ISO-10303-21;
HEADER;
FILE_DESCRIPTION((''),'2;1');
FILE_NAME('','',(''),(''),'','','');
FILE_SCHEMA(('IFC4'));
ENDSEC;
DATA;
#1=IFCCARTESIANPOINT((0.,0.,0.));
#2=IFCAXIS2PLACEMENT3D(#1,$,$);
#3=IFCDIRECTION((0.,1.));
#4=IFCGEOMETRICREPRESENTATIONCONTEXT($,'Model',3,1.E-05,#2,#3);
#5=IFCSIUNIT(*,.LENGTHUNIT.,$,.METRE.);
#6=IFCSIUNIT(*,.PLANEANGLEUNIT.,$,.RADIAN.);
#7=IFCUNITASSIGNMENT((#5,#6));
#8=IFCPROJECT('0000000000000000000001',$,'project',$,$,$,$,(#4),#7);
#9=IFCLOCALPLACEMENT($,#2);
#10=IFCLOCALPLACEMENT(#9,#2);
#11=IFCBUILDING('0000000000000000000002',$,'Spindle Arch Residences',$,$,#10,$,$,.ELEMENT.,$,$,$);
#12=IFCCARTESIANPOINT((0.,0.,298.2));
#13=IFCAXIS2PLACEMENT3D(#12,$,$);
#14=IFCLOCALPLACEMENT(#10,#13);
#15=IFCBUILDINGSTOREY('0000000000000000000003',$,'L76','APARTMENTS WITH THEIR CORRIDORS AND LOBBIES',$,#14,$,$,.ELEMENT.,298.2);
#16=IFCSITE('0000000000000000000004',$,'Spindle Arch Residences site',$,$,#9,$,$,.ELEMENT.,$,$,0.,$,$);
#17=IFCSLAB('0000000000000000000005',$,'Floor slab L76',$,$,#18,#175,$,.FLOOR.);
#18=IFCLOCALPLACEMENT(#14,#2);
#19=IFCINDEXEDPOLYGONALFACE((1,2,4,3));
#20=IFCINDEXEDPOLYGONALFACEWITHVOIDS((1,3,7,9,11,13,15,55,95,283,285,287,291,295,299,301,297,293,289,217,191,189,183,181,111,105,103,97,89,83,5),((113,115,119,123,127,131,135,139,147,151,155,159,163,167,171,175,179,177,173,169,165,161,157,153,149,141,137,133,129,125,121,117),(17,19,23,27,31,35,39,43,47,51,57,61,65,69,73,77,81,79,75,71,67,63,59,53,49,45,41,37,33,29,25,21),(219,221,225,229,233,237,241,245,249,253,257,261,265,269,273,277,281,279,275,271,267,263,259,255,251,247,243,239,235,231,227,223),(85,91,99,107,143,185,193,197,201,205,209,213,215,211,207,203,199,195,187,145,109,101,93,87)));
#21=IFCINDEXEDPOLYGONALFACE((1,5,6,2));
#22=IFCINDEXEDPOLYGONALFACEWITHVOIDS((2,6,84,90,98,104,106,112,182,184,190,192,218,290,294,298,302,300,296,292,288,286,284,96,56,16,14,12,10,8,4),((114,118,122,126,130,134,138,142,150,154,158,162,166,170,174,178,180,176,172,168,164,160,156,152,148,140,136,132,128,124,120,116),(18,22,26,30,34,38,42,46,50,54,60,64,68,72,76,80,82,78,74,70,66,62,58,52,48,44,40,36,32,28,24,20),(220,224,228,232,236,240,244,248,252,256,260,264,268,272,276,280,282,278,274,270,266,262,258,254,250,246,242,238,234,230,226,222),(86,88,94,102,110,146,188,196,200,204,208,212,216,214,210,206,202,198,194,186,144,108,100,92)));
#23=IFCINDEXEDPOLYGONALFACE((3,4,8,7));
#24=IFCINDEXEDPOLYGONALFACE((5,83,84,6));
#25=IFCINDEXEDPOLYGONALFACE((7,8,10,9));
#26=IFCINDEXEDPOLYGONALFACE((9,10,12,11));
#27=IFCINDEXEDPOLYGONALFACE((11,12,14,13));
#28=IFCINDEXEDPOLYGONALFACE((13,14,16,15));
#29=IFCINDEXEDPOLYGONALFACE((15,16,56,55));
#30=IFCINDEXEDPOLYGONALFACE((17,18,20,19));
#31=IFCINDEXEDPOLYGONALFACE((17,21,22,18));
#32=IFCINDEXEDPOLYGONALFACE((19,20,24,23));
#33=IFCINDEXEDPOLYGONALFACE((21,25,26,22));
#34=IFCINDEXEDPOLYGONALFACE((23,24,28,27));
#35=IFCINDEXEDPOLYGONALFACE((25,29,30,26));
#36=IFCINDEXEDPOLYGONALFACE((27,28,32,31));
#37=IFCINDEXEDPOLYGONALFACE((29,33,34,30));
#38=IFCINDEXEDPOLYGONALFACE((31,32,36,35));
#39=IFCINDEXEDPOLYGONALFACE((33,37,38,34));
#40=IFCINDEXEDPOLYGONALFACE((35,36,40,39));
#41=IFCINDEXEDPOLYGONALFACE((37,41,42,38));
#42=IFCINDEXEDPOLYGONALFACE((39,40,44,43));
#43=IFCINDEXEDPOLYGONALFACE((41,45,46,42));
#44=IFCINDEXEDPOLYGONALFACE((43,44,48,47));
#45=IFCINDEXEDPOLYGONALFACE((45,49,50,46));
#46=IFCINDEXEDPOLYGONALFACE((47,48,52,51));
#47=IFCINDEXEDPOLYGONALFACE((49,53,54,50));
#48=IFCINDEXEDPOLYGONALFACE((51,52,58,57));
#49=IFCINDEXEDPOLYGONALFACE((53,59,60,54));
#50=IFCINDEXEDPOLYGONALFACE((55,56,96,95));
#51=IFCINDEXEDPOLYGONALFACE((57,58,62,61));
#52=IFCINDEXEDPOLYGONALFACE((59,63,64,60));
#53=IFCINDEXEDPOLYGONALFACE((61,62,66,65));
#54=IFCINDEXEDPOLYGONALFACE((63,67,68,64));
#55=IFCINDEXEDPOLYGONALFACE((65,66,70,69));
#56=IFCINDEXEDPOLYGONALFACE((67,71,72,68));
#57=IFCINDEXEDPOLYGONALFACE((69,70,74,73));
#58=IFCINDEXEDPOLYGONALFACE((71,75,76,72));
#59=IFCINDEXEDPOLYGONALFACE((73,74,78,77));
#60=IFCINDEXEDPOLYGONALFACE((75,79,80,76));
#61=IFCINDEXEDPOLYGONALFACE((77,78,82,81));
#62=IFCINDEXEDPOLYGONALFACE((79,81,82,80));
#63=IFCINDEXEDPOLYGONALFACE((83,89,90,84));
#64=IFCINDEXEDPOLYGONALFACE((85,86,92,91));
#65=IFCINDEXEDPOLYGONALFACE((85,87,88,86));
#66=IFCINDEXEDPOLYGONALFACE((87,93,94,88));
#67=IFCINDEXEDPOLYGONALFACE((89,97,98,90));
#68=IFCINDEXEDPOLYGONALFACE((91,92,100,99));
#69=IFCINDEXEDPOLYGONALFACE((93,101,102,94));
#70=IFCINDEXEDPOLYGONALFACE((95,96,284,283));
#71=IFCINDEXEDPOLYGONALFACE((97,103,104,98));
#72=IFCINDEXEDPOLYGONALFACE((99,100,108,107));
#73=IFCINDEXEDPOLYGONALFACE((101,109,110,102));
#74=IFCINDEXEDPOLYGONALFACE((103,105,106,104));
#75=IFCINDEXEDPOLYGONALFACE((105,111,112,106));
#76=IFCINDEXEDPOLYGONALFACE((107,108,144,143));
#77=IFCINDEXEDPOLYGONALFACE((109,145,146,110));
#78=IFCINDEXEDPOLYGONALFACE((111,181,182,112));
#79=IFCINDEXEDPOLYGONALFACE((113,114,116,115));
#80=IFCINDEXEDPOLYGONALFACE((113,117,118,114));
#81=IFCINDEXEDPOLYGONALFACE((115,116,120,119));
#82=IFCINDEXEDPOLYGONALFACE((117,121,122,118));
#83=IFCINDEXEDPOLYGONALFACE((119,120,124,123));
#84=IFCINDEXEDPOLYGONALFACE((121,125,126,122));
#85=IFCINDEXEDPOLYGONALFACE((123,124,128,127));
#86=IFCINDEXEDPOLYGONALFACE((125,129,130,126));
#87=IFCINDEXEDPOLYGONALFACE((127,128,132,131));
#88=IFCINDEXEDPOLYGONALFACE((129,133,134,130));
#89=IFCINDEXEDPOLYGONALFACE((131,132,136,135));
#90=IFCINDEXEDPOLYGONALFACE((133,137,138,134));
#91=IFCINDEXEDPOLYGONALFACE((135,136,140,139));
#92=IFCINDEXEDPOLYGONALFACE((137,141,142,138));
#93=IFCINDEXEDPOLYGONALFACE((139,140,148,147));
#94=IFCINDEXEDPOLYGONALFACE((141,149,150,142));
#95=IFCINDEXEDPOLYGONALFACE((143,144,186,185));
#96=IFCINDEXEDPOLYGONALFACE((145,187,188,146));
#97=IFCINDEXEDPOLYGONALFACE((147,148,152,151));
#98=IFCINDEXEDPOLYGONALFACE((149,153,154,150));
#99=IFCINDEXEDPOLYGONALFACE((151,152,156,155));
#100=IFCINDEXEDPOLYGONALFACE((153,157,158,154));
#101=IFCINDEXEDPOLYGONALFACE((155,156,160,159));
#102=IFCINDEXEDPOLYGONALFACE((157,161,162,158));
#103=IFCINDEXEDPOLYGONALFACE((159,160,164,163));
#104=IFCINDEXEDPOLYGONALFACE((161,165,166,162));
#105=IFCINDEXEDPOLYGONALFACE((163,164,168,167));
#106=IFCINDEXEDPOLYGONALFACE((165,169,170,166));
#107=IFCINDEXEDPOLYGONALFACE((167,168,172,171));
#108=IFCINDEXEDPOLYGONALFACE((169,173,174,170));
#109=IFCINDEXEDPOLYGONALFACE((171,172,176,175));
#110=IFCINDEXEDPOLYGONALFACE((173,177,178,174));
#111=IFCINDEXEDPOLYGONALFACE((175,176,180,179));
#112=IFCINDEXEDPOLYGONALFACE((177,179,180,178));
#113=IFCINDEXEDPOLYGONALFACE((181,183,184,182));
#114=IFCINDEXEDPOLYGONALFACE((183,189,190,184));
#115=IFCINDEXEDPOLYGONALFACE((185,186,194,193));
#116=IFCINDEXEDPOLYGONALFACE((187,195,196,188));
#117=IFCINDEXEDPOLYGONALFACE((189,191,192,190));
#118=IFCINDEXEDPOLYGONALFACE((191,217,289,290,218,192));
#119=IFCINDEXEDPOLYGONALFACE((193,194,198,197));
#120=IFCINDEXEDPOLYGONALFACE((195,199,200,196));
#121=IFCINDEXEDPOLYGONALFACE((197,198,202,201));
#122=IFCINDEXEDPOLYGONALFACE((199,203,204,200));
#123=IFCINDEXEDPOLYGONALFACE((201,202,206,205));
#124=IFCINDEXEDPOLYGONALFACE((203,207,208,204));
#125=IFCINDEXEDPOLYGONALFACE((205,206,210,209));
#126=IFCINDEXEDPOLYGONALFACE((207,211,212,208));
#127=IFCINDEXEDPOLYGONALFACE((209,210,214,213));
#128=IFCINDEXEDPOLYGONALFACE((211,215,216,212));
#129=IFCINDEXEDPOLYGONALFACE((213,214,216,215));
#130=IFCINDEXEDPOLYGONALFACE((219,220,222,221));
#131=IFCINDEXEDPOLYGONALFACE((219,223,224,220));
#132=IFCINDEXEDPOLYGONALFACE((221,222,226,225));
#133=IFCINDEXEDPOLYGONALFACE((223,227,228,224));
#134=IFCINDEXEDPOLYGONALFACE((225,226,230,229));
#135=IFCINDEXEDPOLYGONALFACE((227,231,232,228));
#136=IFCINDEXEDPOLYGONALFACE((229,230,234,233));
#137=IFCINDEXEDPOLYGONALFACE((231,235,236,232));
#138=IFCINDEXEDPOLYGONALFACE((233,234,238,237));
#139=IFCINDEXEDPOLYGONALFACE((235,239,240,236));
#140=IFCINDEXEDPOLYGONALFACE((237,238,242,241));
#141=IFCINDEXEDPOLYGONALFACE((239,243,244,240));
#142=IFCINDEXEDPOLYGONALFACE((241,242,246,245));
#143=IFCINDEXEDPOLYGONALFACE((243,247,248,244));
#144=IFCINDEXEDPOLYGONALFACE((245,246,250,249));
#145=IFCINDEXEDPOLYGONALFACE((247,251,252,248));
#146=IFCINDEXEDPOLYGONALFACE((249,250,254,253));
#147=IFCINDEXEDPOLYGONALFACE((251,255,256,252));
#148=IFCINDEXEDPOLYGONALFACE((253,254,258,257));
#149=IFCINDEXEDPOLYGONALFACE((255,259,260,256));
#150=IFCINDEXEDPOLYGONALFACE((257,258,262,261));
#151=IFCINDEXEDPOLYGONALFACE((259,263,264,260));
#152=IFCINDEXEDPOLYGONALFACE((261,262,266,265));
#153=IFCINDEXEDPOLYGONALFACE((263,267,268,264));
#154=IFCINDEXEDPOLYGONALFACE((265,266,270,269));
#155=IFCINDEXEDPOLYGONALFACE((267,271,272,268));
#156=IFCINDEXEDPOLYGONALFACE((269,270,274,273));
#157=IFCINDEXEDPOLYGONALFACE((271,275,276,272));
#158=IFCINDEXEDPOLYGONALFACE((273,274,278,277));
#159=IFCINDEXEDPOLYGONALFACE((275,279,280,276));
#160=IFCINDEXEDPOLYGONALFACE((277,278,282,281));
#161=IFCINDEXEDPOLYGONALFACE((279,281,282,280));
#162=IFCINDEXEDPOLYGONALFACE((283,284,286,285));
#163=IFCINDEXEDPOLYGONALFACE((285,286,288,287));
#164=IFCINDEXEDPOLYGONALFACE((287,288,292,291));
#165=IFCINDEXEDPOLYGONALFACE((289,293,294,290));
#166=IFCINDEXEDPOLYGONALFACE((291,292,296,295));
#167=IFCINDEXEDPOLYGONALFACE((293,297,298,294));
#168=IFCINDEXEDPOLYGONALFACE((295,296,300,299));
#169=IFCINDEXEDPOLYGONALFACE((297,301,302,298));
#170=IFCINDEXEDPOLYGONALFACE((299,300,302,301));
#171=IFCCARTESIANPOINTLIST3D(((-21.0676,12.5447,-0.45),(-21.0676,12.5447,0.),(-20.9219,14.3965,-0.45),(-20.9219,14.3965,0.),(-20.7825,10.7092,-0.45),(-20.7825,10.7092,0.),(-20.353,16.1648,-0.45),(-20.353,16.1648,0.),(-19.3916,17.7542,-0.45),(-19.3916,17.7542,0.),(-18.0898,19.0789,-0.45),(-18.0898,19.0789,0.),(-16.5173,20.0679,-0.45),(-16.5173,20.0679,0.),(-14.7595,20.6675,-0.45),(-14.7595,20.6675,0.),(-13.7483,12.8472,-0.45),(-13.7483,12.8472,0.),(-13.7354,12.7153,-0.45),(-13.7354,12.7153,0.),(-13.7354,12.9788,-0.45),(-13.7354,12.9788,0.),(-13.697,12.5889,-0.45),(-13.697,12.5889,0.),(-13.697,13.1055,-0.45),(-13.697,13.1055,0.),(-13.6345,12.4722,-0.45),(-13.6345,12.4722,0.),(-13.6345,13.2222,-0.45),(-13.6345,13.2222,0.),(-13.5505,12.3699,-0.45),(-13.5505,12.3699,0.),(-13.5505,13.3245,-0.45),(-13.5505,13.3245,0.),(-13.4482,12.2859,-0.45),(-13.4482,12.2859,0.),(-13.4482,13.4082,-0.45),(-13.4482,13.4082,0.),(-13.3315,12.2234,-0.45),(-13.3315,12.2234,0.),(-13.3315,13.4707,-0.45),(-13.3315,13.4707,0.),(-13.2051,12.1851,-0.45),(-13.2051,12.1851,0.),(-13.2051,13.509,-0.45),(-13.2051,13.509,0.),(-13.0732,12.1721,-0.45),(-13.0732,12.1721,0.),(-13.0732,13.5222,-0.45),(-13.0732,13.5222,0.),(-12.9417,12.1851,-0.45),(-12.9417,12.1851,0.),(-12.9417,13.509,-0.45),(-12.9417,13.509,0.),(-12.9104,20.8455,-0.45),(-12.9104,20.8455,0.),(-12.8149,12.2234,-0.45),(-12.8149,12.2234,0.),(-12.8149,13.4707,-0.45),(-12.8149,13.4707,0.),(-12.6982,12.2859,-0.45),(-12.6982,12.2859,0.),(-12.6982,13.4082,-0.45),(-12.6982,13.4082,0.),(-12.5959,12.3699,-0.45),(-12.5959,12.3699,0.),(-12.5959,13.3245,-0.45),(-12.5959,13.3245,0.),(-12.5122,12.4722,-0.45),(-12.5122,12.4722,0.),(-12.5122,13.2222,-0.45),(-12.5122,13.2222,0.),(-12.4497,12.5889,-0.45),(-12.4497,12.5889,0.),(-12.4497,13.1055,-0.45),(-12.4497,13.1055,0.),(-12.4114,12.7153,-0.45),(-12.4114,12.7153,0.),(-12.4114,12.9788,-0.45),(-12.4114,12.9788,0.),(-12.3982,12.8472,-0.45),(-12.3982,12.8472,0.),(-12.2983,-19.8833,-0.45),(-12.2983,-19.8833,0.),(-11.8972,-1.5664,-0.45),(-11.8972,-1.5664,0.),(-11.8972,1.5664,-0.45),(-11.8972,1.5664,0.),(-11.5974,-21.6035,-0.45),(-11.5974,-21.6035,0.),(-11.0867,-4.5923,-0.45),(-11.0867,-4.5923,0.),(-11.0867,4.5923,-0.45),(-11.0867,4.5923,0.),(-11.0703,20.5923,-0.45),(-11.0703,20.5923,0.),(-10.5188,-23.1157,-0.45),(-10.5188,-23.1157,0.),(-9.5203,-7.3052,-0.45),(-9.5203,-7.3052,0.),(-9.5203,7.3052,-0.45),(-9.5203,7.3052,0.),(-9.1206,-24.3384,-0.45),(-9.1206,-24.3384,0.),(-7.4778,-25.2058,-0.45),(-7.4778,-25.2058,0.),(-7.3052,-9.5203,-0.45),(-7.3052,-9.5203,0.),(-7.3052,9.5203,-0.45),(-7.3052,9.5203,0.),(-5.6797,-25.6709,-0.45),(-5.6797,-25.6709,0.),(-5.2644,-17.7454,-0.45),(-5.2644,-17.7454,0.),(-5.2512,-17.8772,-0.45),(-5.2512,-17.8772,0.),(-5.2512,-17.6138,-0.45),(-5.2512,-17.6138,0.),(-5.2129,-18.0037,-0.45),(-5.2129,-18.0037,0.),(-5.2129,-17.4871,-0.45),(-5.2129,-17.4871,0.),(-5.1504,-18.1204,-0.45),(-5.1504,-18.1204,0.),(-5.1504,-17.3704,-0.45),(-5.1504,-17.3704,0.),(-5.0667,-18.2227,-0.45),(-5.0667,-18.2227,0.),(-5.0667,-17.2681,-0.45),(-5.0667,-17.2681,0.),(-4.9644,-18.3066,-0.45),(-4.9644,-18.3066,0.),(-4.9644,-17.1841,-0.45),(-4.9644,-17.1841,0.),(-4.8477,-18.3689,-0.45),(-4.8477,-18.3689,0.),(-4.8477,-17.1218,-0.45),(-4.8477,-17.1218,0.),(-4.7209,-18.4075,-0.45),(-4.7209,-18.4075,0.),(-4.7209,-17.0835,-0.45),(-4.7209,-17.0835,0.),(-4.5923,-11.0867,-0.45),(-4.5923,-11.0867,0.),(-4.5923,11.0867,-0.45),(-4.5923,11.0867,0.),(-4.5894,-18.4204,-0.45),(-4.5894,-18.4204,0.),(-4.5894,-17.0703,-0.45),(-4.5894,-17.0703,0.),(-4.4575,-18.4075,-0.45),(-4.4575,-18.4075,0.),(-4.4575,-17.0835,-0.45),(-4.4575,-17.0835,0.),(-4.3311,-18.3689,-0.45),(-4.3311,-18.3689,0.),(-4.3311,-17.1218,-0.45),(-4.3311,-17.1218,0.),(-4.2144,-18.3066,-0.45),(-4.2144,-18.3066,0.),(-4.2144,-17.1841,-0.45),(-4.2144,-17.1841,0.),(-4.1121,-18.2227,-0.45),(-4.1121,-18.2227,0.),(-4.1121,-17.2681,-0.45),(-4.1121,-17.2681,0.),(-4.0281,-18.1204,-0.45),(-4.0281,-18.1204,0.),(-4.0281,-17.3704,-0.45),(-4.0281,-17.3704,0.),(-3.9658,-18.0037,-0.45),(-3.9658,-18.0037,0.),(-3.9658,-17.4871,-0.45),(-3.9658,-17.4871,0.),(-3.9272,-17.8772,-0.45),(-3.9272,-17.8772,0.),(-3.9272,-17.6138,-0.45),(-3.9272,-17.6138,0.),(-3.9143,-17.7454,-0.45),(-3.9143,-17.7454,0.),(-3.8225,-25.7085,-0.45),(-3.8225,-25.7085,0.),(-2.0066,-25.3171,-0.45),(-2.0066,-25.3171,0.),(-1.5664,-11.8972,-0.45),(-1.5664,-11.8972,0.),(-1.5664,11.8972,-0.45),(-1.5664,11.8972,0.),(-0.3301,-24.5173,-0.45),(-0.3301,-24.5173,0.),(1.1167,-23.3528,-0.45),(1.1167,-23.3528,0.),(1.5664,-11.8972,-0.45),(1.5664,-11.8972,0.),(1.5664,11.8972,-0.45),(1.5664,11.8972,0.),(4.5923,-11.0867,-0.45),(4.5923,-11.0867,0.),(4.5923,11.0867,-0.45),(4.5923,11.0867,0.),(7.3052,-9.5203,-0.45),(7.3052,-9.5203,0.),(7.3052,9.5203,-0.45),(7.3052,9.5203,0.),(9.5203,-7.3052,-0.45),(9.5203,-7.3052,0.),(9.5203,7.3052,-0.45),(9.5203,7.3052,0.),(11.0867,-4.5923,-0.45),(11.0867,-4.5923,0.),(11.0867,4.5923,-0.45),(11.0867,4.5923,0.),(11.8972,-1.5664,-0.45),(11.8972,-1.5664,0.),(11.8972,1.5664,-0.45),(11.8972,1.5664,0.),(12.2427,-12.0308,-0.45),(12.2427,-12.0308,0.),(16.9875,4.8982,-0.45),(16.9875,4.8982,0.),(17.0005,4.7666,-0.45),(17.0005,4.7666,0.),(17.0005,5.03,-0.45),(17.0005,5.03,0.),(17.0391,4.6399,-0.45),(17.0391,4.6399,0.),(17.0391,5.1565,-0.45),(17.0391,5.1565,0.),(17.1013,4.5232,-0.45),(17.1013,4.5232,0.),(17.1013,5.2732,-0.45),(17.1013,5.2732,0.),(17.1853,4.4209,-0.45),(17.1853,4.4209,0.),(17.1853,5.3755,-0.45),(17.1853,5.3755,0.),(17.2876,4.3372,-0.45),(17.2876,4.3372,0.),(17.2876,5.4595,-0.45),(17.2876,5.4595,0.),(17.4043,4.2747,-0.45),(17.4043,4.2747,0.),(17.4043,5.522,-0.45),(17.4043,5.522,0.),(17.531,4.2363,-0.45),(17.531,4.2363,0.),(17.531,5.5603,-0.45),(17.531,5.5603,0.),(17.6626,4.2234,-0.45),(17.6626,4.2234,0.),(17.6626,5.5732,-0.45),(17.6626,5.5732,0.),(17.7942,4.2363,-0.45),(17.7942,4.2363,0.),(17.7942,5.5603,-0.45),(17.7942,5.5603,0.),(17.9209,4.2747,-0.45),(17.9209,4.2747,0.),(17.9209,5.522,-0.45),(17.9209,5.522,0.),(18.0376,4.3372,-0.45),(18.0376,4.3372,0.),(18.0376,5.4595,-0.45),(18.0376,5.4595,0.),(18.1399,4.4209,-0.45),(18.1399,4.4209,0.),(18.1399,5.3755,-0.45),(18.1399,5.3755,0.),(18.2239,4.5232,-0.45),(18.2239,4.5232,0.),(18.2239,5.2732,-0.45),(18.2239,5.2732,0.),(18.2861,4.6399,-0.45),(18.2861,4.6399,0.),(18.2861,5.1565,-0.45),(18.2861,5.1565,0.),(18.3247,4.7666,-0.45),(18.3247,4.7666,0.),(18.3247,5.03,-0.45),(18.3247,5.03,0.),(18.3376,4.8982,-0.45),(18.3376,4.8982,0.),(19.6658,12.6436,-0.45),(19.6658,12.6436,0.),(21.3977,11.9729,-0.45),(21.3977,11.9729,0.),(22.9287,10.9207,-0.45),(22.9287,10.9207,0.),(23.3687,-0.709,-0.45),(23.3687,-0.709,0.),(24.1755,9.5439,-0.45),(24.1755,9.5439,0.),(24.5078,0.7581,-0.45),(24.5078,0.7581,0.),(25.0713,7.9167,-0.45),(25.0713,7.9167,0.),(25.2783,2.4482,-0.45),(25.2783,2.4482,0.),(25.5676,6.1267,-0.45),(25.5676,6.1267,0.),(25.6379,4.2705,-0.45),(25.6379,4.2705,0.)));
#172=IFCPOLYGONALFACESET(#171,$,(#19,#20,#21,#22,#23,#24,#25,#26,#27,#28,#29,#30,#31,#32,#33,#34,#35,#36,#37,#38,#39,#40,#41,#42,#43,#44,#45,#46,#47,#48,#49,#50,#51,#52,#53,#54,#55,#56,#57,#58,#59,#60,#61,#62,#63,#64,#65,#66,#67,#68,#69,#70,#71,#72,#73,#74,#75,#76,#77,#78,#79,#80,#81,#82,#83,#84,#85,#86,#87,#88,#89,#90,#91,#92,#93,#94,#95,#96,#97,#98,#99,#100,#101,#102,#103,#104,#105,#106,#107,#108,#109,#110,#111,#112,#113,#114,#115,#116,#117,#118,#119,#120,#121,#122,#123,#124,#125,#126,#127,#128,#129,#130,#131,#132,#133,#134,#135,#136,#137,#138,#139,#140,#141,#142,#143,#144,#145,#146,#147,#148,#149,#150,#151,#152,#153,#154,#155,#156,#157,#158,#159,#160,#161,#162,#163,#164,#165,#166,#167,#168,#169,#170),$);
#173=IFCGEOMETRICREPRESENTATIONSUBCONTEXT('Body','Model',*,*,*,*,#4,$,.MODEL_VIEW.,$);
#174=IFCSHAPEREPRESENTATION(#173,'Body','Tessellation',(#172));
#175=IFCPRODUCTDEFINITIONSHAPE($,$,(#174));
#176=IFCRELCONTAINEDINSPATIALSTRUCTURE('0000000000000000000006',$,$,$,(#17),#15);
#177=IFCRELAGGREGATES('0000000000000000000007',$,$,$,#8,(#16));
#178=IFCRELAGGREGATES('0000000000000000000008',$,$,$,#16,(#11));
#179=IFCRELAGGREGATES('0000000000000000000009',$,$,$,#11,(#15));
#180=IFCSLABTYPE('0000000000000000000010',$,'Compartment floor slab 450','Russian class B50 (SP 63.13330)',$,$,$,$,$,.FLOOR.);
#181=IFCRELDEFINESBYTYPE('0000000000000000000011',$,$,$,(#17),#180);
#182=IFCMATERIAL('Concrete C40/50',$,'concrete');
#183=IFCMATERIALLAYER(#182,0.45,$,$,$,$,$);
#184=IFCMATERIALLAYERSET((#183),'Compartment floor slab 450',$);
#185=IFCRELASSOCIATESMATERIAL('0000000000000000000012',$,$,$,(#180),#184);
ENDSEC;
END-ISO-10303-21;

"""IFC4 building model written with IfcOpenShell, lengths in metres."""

from ifc_helpers import new_model, si_unit, direction, frame, origin, place, context, subcontext, project, spatial, polyline, outline, extrude, material, layer, layer_set, type_object, element, save


model = new_model("IFC4")

# Units and contexts
model_context = context("Model", 3, precision=1e-05, world=origin(), true_north=direction((0.0, 1.0)))
body_context = subcontext(model_context, "Body", "Model", "MODEL_VIEW")
ifc_project = project(units=[si_unit("LENGTHUNIT", "METRE"), si_unit("PLANEANGLEUNIT", "RADIAN")], contexts=[model_context])

# Site, building, storey
site_placement = place(None, origin())
site = spatial("IfcSite", under=ifc_project, at=site_placement, Name="Spindle Arch Residences site", CompositionType="ELEMENT", RefElevation=0.0)
building_placement = place(site_placement, origin())
building = spatial("IfcBuilding", under=site, at=building_placement, Name="Spindle Arch Residences", CompositionType="ELEMENT")
storey_placement = place(building_placement, frame((0.0, 0.0, 298.2)))
storey = spatial("IfcBuildingStorey", under=building, at=storey_placement, Name="L76", Description="APARTMENTS WITH THEIR CORRIDORS AND LOBBIES", CompositionType="ELEMENT", Elevation=298.2)

# Slab
ifc_material_1 = material(Name="Concrete C40/50", Category="concrete")
ifc_layer_1 = layer(ifc_material_1, 0.45)
ifc_layer_set_1 = layer_set([ifc_layer_1], Name="Compartment floor slab 450")
slab_type_1 = type_object("IfcSlabType", Name="Compartment floor slab 450", Description="Russian class B50 (SP 63.13330)", PredefinedType="FLOOR", material=ifc_layer_set_1)
slab_1_placement = place(storey_placement, frame((0.0, 0.0, -0.45)))
element("IfcSlab", 1, at=slab_1_placement, inside=storey, type_object=slab_type_1, Name="Floor slab L76", PredefinedType="FLOOR", context=body_context, shape_type="SweptSolid", body=[
    extrude(outline(polyline([(-0.3301, -24.5173), (-2.0066, -25.3171), (-3.8225, -25.7085), (-5.6797, -25.6709), (-7.4778, -25.2058), (-9.1206, -24.3384), (-10.5188, -23.1157), (-11.5974, -21.6035), (-12.2983, -19.8833), (-20.7825, 10.7092), (-21.0676, 12.5447), (-20.9219, 14.3965), (-20.353, 16.1648), (-19.3916, 17.7542), (-18.0898, 19.0789), (-16.5173, 20.0679), (-14.7595, 20.6675), (-12.9104, 20.8455), (-11.0703, 20.5923), (19.6658, 12.6436), (21.3977, 11.9729), (22.9287, 10.9207), (24.1755, 9.5439), (25.0713, 7.9167), (25.5676, 6.1267), (25.6379, 4.2705), (25.2783, 2.4482), (24.5078, 0.7581), (23.3687, -0.709), (12.2427, -12.0308), (1.1167, -23.3528), (-0.3301, -24.5173)]), holes=[polyline([(7.3052, -9.5203), (9.5203, -7.3052), (11.0867, -4.5923), (11.8972, -1.5664), (11.8972, 1.5664), (11.0867, 4.5923), (9.5203, 7.3052), (7.3052, 9.5203), (4.5923, 11.0867), (1.5664, 11.8972), (-1.5664, 11.8972), (-4.5923, 11.0867), (-7.3052, 9.5203), (-9.5203, 7.3052), (-11.0867, 4.5923), (-11.8972, 1.5664), (-11.8972, -1.5664), (-11.0867, -4.5923), (-9.5203, -7.3052), (-7.3052, -9.5203), (-4.5923, -11.0867), (-1.5664, -11.8972), (1.5664, -11.8972), (4.5923, -11.0867), (7.3052, -9.5203)]), polyline([(-4.0281, -18.1204), (-3.9658, -18.0037), (-3.9272, -17.8772), (-3.9143, -17.7454), (-3.9272, -17.6138), (-3.9658, -17.4871), (-4.0281, -17.3704), (-4.1121, -17.2681), (-4.2144, -17.1841), (-4.3311, -17.1218), (-4.4575, -17.0835), (-4.5894, -17.0703), (-4.7209, -17.0835), (-4.8477, -17.1218), (-4.9644, -17.1841), (-5.0667, -17.2681), (-5.1504, -17.3704), (-5.2129, -17.4871), (-5.2512, -17.6138), (-5.2644, -17.7454), (-5.2512, -17.8772), (-5.2129, -18.0037), (-5.1504, -18.1204), (-5.0667, -18.2227), (-4.9644, -18.3066), (-4.8477, -18.3689), (-4.7209, -18.4075), (-4.5894, -18.4204), (-4.4575, -18.4075), (-4.3311, -18.3689), (-4.2144, -18.3066), (-4.1121, -18.2227), (-4.0281, -18.1204)]), polyline([(-12.5959, 12.3699), (-12.5122, 12.4722), (-12.4497, 12.5889), (-12.4114, 12.7153), (-12.3982, 12.8472), (-12.4114, 12.9788), (-12.4497, 13.1055), (-12.5122, 13.2222), (-12.5959, 13.3245), (-12.6982, 13.4082), (-12.8149, 13.4707), (-12.9417, 13.509), (-13.0732, 13.5222), (-13.2051, 13.509), (-13.3315, 13.4707), (-13.4482, 13.4082), (-13.5505, 13.3245), (-13.6345, 13.2222), (-13.697, 13.1055), (-13.7354, 12.9788), (-13.7483, 12.8472), (-13.7354, 12.7153), (-13.697, 12.5889), (-13.6345, 12.4722), (-13.5505, 12.3699), (-13.4482, 12.2859), (-13.3315, 12.2234), (-13.2051, 12.1851), (-13.0732, 12.1721), (-12.9417, 12.1851), (-12.8149, 12.2234), (-12.6982, 12.2859), (-12.5959, 12.3699)]), polyline([(18.1399, 4.4209), (18.2239, 4.5232), (18.2861, 4.6399), (18.3247, 4.7666), (18.3376, 4.8982), (18.3247, 5.03), (18.2861, 5.1565), (18.2239, 5.2732), (18.1399, 5.3755), (18.0376, 5.4595), (17.9209, 5.522), (17.7942, 5.5603), (17.6626, 5.5732), (17.531, 5.5603), (17.4043, 5.522), (17.2876, 5.4595), (17.1853, 5.3755), (17.1013, 5.2732), (17.0391, 5.1565), (17.0005, 5.03), (16.9875, 4.8982), (17.0005, 4.7666), (17.0391, 4.6399), (17.1013, 4.5232), (17.1853, 4.4209), (17.2876, 4.3372), (17.4043, 4.2747), (17.531, 4.2363), (17.6626, 4.2234), (17.7942, 4.2363), (17.9209, 4.2747), (18.0376, 4.3372), (18.1399, 4.4209)])]), origin(), (0.0, 0.0, 1.0), 0.45),
])

save(model, "model.ifc")
